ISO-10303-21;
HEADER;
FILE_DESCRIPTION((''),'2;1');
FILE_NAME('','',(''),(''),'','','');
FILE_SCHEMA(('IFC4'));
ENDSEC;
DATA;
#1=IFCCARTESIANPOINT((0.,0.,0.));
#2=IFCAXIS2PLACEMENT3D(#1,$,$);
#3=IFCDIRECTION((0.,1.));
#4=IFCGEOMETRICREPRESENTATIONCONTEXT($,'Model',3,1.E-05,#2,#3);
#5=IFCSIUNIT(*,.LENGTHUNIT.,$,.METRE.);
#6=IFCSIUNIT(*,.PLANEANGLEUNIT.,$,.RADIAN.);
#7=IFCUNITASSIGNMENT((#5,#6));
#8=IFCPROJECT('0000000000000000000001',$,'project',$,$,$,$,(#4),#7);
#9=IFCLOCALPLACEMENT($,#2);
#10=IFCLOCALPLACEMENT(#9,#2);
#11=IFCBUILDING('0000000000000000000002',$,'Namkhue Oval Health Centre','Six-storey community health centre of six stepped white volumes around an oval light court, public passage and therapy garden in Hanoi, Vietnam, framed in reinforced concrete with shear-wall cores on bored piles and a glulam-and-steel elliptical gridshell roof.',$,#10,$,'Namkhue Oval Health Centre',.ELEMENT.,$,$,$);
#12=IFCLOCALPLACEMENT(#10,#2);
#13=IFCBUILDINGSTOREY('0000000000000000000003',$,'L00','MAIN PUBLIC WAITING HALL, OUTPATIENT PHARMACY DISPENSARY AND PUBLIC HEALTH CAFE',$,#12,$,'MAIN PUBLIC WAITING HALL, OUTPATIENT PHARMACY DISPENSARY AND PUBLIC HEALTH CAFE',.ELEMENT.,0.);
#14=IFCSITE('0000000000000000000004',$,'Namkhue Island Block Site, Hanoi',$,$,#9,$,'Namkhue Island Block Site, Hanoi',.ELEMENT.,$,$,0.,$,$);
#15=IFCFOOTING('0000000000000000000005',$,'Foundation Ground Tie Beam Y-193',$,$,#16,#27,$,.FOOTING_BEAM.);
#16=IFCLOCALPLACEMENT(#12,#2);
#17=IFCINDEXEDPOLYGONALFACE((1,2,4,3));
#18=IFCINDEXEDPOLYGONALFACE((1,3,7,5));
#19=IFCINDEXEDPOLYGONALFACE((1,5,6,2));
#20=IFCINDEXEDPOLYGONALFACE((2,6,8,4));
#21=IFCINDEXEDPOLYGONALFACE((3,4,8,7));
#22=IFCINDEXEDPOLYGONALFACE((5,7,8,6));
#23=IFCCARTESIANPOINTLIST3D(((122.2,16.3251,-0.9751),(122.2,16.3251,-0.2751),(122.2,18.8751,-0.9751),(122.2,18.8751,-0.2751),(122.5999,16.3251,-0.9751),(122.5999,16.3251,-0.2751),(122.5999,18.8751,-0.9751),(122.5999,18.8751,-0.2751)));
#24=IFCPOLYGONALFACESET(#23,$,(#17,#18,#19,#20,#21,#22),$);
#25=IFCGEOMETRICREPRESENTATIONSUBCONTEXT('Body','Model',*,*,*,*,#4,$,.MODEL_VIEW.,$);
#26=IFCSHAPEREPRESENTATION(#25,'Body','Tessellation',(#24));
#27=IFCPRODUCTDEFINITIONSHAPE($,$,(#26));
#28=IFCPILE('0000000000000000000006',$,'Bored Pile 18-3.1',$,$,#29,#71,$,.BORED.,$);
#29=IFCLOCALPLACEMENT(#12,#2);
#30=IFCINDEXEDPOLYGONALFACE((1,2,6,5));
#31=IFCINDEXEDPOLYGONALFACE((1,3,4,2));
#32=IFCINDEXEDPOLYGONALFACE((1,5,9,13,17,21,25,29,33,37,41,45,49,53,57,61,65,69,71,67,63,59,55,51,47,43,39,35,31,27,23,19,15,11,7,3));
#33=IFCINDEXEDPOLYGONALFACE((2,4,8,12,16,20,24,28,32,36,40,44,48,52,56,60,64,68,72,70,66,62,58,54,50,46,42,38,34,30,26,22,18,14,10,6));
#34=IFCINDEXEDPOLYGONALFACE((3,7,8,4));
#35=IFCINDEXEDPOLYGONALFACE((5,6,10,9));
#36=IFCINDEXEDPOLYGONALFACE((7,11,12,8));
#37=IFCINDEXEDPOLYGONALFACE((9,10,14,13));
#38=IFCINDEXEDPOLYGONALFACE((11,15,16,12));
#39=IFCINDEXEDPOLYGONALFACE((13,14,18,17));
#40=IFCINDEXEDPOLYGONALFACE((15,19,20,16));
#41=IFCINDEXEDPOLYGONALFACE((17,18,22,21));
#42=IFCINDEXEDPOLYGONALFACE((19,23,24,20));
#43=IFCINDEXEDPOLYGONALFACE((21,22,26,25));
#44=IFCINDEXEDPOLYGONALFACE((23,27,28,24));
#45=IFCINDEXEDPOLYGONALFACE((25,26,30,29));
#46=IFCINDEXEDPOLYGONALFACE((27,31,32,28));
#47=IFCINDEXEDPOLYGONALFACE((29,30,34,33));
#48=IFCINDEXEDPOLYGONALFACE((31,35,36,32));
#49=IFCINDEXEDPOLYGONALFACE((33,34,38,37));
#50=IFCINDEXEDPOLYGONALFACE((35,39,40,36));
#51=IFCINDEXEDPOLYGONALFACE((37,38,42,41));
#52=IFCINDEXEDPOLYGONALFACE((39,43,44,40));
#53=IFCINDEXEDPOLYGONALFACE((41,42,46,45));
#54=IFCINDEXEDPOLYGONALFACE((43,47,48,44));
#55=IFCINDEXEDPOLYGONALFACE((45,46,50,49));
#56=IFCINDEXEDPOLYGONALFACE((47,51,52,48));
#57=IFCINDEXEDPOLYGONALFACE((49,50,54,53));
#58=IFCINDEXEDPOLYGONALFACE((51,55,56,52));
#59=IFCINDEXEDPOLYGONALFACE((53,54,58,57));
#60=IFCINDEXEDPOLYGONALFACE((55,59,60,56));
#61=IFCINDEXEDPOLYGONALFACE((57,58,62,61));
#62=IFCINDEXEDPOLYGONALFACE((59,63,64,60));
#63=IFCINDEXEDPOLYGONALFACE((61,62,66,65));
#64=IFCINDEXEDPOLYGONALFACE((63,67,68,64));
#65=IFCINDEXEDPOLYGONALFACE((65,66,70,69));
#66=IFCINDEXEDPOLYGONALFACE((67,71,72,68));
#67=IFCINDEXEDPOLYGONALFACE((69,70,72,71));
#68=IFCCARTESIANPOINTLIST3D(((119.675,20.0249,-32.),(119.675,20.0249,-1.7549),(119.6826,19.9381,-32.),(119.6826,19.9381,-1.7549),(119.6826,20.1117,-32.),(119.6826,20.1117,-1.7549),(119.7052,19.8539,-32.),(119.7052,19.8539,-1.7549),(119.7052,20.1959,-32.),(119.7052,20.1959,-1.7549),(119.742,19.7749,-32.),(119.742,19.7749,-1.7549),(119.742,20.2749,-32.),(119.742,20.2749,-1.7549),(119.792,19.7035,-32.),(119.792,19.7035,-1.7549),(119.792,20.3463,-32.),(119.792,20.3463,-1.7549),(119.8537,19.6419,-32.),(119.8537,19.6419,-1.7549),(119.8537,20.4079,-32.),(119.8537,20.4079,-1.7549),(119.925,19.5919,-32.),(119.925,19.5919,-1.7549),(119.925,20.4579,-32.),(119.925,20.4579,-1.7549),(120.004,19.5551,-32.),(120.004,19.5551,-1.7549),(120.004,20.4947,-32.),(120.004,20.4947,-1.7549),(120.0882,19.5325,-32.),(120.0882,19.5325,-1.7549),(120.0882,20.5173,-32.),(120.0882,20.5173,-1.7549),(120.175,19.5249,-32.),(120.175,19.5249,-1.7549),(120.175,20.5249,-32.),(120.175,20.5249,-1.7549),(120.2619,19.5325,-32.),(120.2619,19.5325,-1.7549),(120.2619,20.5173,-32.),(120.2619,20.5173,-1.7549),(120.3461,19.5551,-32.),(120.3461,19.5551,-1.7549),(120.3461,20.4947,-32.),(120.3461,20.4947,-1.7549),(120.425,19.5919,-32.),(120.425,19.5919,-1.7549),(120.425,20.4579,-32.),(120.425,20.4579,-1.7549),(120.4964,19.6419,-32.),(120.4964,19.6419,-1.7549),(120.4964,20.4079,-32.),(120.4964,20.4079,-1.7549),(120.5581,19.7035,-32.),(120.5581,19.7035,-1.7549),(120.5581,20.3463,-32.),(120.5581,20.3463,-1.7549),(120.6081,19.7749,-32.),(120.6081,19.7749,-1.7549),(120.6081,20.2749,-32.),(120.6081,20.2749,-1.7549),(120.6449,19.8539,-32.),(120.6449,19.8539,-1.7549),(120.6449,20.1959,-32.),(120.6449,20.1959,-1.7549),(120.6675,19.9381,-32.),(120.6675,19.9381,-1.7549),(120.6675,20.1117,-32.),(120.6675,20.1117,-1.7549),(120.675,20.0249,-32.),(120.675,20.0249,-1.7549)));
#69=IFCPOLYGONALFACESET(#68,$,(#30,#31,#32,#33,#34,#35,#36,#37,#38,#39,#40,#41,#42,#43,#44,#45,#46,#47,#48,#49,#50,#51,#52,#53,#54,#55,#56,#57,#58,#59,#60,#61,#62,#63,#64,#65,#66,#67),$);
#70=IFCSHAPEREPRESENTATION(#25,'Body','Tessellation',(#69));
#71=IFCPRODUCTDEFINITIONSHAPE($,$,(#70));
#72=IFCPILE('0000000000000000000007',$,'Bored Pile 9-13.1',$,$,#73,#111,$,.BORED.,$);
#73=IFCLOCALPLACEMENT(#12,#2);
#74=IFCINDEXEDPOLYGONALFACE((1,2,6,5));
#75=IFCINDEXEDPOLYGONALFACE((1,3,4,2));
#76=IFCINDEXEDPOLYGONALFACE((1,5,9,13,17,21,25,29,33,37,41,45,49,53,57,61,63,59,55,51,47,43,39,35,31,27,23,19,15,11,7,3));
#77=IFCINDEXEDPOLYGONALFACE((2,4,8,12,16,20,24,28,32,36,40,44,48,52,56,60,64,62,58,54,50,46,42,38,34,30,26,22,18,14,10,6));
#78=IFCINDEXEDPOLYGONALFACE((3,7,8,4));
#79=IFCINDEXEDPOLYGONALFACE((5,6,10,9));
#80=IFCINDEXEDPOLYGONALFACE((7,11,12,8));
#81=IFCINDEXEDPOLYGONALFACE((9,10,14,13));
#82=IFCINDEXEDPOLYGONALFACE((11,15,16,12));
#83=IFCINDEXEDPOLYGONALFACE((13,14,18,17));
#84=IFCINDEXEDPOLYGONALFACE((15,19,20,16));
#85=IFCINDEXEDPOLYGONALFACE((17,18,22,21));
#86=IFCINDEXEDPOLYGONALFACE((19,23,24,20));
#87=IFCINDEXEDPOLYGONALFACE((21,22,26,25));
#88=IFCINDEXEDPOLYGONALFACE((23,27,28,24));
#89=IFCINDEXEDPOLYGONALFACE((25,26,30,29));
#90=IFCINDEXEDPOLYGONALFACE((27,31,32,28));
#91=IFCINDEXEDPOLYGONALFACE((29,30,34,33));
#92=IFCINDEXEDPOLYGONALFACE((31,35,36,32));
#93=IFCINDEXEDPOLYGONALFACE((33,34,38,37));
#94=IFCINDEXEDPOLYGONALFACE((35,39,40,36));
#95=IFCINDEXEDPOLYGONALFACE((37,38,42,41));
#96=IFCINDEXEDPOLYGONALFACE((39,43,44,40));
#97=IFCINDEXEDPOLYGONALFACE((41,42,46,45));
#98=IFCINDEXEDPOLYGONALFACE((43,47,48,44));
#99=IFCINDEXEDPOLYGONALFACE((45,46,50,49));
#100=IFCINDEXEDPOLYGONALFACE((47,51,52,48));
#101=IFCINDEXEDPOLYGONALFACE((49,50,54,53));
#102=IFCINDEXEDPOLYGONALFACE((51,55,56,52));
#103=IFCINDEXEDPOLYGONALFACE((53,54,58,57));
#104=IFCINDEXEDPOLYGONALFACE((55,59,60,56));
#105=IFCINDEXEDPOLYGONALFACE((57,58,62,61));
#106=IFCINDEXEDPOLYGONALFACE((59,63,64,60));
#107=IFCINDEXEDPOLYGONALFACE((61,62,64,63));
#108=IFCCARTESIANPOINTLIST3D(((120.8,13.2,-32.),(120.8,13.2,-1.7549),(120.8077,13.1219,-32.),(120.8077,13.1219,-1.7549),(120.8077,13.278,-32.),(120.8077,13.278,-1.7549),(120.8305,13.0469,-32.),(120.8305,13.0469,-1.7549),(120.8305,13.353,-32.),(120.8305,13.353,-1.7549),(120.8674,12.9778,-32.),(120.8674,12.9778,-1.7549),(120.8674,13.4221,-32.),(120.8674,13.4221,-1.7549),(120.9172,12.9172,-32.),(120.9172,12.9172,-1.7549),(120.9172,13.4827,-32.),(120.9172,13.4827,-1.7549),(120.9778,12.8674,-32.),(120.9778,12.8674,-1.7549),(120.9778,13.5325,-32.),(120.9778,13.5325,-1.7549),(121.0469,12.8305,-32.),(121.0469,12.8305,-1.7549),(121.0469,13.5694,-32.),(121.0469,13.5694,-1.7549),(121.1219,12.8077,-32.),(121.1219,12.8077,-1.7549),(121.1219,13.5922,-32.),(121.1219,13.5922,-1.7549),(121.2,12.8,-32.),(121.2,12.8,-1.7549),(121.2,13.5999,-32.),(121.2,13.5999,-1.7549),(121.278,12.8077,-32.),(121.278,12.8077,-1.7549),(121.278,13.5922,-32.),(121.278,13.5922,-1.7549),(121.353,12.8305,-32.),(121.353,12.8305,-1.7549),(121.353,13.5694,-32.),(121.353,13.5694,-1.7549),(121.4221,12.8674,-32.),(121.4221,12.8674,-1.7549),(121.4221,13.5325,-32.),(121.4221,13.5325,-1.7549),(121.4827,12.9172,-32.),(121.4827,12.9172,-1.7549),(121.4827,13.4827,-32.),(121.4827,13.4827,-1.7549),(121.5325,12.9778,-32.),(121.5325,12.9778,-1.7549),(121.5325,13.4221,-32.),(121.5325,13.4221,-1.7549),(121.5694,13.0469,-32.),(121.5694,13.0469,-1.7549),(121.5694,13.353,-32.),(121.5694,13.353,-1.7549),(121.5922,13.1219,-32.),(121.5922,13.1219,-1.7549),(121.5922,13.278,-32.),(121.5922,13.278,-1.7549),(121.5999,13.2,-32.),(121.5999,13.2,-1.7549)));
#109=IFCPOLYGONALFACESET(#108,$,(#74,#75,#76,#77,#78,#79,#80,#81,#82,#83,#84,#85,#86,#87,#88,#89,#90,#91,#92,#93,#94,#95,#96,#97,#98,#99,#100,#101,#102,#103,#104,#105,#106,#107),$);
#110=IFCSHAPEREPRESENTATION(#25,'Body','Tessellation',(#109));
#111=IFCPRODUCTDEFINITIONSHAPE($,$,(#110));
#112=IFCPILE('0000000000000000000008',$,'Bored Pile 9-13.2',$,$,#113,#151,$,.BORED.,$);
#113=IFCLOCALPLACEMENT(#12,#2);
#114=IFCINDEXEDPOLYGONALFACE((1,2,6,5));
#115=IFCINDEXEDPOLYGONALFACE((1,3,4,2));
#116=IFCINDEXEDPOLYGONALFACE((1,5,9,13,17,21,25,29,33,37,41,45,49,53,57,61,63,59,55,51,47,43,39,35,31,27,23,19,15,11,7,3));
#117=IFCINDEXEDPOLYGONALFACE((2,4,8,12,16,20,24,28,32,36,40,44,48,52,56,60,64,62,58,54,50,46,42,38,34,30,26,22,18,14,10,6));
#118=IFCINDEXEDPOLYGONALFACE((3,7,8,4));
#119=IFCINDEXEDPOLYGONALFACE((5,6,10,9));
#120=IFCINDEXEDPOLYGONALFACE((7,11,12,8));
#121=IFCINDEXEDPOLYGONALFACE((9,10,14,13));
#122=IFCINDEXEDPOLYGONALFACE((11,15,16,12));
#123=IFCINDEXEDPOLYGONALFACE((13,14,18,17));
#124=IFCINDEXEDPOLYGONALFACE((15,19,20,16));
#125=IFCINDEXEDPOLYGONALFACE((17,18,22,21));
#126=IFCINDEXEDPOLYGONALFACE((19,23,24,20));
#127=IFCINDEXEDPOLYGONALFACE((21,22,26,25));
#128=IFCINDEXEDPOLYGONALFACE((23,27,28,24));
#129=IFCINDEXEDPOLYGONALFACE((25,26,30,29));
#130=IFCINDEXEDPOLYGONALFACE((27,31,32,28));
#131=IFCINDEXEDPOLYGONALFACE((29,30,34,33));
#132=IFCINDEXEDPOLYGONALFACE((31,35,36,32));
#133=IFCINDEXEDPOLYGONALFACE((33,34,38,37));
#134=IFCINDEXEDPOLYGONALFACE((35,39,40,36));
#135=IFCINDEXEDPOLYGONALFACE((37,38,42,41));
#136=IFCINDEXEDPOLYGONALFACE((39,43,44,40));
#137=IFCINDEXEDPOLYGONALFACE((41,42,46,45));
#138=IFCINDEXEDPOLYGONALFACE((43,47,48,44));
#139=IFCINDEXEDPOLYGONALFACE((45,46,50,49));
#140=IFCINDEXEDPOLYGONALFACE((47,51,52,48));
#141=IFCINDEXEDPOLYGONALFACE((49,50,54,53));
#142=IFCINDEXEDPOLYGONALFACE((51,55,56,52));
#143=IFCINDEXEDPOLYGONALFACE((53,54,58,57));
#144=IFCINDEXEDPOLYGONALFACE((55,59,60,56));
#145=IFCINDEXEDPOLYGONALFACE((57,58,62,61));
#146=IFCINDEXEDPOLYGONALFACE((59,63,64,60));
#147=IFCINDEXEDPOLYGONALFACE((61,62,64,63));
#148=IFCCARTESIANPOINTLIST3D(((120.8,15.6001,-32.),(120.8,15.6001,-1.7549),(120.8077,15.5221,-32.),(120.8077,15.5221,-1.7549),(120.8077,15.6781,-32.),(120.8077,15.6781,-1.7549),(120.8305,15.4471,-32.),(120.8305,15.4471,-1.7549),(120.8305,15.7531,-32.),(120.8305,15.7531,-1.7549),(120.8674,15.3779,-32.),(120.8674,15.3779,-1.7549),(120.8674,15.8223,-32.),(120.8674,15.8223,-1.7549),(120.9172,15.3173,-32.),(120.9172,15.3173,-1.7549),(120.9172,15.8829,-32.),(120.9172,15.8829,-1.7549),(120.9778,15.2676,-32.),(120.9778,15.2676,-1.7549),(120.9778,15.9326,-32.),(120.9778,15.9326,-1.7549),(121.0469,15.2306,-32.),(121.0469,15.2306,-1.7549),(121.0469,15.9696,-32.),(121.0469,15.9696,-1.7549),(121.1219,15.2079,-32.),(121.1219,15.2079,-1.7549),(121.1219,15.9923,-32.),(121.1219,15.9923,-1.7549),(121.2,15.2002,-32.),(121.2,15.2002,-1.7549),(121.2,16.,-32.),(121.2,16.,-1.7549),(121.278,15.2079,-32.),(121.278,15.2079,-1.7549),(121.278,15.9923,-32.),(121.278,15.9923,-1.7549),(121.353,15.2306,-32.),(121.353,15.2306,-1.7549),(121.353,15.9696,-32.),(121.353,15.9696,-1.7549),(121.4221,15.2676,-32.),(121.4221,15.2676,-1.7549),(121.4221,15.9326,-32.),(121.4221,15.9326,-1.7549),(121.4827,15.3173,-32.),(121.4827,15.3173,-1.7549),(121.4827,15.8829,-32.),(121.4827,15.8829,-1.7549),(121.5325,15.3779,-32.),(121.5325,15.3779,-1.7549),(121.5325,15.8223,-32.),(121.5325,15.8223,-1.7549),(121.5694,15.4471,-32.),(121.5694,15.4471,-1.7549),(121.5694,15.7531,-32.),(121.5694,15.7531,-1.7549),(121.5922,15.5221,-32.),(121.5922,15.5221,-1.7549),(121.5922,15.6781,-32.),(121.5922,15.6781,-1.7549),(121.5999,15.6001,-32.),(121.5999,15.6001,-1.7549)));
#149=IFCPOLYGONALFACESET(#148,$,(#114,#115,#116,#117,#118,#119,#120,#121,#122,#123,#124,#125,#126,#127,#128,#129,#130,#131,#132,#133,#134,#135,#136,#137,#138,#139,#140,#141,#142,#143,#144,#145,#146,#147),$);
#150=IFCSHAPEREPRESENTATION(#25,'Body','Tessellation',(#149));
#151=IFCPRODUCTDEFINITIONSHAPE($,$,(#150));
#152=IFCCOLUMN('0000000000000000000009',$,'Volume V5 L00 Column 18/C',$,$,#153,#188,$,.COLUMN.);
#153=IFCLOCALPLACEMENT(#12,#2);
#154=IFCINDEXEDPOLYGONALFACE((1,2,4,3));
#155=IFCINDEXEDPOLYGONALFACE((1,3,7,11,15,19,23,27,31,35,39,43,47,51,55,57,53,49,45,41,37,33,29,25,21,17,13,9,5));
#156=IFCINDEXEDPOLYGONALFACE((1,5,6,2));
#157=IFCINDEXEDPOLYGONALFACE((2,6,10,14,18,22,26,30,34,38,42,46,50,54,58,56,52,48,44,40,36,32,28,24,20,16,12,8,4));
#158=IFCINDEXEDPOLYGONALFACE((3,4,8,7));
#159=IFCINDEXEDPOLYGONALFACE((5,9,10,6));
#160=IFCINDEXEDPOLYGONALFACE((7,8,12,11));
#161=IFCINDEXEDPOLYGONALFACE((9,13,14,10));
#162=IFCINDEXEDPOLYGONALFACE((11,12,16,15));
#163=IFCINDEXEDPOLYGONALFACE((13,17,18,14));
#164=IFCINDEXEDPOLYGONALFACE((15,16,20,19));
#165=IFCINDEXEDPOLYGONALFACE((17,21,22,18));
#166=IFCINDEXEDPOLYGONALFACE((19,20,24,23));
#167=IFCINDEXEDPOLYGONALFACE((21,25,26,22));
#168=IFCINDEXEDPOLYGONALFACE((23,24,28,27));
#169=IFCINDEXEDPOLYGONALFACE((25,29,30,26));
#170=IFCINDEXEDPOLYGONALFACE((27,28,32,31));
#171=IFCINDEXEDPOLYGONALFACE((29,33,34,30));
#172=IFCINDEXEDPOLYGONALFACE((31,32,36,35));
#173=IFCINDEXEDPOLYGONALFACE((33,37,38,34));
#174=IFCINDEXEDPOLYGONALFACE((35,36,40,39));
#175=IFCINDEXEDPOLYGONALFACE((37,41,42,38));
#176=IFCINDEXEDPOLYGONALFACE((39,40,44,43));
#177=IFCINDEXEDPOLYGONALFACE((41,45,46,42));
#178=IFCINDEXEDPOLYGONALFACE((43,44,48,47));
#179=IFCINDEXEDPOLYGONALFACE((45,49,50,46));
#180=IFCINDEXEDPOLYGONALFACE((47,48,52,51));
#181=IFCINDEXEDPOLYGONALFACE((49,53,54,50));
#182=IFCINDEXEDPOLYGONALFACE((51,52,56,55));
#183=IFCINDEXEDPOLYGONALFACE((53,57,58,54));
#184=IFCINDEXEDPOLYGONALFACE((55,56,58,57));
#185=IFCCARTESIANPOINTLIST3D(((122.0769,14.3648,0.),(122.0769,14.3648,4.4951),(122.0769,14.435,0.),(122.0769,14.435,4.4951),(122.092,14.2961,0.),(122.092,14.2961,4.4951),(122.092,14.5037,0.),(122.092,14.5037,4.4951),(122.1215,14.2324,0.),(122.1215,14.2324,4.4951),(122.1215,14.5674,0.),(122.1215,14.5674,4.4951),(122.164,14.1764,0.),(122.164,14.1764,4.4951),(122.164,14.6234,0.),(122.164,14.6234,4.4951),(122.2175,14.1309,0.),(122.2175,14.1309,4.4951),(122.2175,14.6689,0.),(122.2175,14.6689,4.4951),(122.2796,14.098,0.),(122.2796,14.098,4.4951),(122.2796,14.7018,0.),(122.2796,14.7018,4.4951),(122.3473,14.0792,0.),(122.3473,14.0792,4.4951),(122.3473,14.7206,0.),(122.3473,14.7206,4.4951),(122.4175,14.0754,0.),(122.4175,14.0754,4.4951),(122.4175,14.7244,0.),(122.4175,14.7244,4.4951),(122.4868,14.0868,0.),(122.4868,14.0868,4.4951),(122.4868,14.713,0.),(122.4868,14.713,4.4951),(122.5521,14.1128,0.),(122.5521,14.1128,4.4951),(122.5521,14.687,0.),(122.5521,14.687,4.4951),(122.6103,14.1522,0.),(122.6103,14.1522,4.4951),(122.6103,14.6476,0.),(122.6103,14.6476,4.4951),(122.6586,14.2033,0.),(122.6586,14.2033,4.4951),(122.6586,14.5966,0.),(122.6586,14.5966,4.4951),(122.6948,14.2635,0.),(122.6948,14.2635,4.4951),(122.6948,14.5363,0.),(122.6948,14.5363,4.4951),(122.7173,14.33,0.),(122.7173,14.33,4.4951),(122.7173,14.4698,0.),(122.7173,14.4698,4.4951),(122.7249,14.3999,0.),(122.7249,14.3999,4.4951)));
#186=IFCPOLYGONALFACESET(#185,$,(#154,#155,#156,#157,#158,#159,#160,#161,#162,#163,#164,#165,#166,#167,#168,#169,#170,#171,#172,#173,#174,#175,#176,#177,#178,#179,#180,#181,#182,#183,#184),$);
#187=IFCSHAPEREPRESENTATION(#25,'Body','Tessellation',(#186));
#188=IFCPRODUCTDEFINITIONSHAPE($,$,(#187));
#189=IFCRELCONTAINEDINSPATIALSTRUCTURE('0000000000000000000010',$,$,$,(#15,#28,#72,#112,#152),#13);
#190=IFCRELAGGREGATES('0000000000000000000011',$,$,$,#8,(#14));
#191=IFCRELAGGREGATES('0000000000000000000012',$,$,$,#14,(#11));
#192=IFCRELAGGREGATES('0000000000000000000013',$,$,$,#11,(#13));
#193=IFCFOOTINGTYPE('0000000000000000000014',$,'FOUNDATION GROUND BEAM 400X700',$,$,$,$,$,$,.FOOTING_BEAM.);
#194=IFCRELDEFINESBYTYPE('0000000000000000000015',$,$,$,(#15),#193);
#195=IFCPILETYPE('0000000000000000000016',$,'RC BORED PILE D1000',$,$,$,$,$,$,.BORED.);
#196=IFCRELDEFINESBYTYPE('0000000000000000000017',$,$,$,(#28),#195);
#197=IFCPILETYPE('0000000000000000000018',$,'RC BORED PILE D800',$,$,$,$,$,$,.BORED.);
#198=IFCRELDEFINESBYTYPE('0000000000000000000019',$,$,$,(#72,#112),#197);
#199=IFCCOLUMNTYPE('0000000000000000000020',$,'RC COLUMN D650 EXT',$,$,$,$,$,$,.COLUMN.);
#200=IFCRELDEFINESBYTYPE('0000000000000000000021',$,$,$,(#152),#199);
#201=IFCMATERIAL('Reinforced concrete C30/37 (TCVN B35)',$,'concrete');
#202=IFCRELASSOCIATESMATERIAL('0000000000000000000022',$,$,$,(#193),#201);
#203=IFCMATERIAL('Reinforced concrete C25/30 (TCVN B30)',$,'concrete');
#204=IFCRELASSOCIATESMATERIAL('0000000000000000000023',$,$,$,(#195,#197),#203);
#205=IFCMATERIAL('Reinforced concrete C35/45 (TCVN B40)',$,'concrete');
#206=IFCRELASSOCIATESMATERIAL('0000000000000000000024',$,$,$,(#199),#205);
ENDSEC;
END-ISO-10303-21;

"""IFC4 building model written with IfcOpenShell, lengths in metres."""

from ifc_helpers import new_model, si_unit, direction, frame, origin, origin_2d, place, context, subcontext, project, spatial, rectangle, circle, extrude, material, material_profile, profile_set, type_object, element, save


model = new_model("IFC4")

# Units and contexts
model_context = context("Model", 3, precision=1e-05, world=origin(), true_north=direction((0.0, 1.0)))
body_context = subcontext(model_context, "Body", "Model", "MODEL_VIEW")
ifc_project = project(units=[si_unit("LENGTHUNIT", "METRE"), si_unit("PLANEANGLEUNIT", "RADIAN")], contexts=[model_context])

# Site, building, storey
site_placement = place(None, origin())
site = spatial("IfcSite", under=ifc_project, at=site_placement, Name="Namkhue Island Block Site, Hanoi", LongName="Namkhue Island Block Site, Hanoi", CompositionType="ELEMENT", RefElevation=0.0)
building_placement = place(site_placement, origin())
building = spatial("IfcBuilding", under=site, at=building_placement, Name="Namkhue Oval Health Centre", Description="Six-storey community health centre of six stepped white volumes around an oval light court, public passage and therapy garden in Hanoi, Vietnam, framed in reinforced concrete with shear-wall cores on bored piles and a glulam-and-steel elliptical gridshell roof.", LongName="Namkhue Oval Health Centre", CompositionType="ELEMENT")
storey_placement = place(building_placement, origin())
storey = spatial("IfcBuildingStorey", under=building, at=storey_placement, Name="L00", Description="MAIN PUBLIC WAITING HALL, OUTPATIENT PHARMACY DISPENSARY AND PUBLIC HEALTH CAFE", LongName="MAIN PUBLIC WAITING HALL, OUTPATIENT PHARMACY DISPENSARY AND PUBLIC HEALTH CAFE", CompositionType="ELEMENT", Elevation=0.0)

# Footing
ifc_material_1 = material(Name="Reinforced concrete C30/37 (TCVN B35)", Category="concrete")
footing_type = type_object("IfcFootingType", Name="FOUNDATION GROUND BEAM 400X700", PredefinedType="FOOTING_BEAM", material=ifc_material_1)
footing_placement = place(storey_placement, frame((122.3999, 17.6001, -0.9751), z_axis=(0.0, 0.0, 1.0), x_axis=(0.0, 1.0, 0.0)))
element("IfcFooting", 1, at=footing_placement, inside=storey, type_object=footing_type, Name="Foundation Ground Tie Beam Y-193", PredefinedType="FOOTING_BEAM", context=body_context, shape_type="SweptSolid", body=[
    extrude(rectangle(XDim=2.55, YDim=0.3999, at=origin_2d()), origin(), (0.0, 0.0, 1.0), 0.7),
])

# Piles
ifc_material_2 = material(Name="Reinforced concrete C25/30 (TCVN B30)", Category="concrete")
ifc_material_profile_1 = material_profile(ifc_material_2, circle(Radius=0.5, at=origin_2d()), Name="BORED PILE D1000")
ifc_profile_set_1 = profile_set([ifc_material_profile_1], Name="Reinforced concrete C25/30 (TCVN B30)")
pile_type_1 = type_object("IfcPileType", Name="RC BORED PILE D1000", PredefinedType="BORED", material=ifc_profile_set_1)
pile_placement = place(storey_placement, frame((120.175, 20.0249, -1.7549), z_axis=(0.0, 0.0, -1.0), x_axis=(1.0, 0.0, 0.0)))
element("IfcPile", 2, at=pile_placement, inside=storey, type_object=pile_type_1, Name="Bored Pile 18-3.1", PredefinedType="BORED", context=body_context, shape_type="SweptSolid", body=[
    extrude(circle(Radius=0.5, at=origin_2d()), origin(), (0.0, 0.0, 1.0), 30.2451),
])
ifc_material_profile_2 = material_profile(ifc_material_2, circle(Radius=0.3999, at=origin_2d()), Name="BORED PILE D800")
ifc_profile_set_2 = profile_set([ifc_material_profile_2], Name="Reinforced concrete C25/30 (TCVN B30)")
pile_type_2 = type_object("IfcPileType", Name="RC BORED PILE D800", PredefinedType="BORED", material=ifc_profile_set_2)
for number, where, z_axis, x_axis, name in (
    (3, (121.2, 13.2, -1.7549), (0.0, 0.0, -1.0), (1.0, 0.0, 0.0), "Bored Pile 9-13.1"),
    (4, (121.2, 15.6001, -1.7549), (0.0, 0.0, -1.0), (1.0, 0.0, 0.0), "Bored Pile 9-13.2"),
):
    element("IfcPile", number, at=place(storey_placement, frame(where, z_axis=z_axis, x_axis=x_axis)), inside=storey, type_object=pile_type_2, Name=name, PredefinedType="BORED", context=body_context, shape_type="SweptSolid", body=[
        extrude(circle(Radius=0.3999, at=origin_2d()), origin(), (0.0, 0.0, 1.0), 30.2451),
    ])

# Column
ifc_material_3 = material(Name="Reinforced concrete C35/45 (TCVN B40)", Category="concrete")
ifc_material_profile_3 = material_profile(ifc_material_3, circle(Radius=0.325, at=origin_2d()), Name="RC D650")
ifc_profile_set_3 = profile_set([ifc_material_profile_3], Name="Reinforced concrete C35/45 (TCVN B40)")
column_type = type_object("IfcColumnType", Name="RC COLUMN D650 EXT", PredefinedType="COLUMN", material=ifc_profile_set_3)
column_placement = place(storey_placement, frame((122.3999, 14.3999, 0.0), z_axis=(0.0, 0.0, 1.0), x_axis=(1.0, 0.0, 0.0)))
element("IfcColumn", 5, at=column_placement, inside=storey, type_object=column_type, Name="Volume V5 L00 Column 18/C", PredefinedType="COLUMN", context=body_context, shape_type="SweptSolid", body=[
    extrude(circle(Radius=0.325, at=origin_2d()), origin(), (0.0, 0.0, 1.0), 4.4951),
])

save(model, "model.ifc")
